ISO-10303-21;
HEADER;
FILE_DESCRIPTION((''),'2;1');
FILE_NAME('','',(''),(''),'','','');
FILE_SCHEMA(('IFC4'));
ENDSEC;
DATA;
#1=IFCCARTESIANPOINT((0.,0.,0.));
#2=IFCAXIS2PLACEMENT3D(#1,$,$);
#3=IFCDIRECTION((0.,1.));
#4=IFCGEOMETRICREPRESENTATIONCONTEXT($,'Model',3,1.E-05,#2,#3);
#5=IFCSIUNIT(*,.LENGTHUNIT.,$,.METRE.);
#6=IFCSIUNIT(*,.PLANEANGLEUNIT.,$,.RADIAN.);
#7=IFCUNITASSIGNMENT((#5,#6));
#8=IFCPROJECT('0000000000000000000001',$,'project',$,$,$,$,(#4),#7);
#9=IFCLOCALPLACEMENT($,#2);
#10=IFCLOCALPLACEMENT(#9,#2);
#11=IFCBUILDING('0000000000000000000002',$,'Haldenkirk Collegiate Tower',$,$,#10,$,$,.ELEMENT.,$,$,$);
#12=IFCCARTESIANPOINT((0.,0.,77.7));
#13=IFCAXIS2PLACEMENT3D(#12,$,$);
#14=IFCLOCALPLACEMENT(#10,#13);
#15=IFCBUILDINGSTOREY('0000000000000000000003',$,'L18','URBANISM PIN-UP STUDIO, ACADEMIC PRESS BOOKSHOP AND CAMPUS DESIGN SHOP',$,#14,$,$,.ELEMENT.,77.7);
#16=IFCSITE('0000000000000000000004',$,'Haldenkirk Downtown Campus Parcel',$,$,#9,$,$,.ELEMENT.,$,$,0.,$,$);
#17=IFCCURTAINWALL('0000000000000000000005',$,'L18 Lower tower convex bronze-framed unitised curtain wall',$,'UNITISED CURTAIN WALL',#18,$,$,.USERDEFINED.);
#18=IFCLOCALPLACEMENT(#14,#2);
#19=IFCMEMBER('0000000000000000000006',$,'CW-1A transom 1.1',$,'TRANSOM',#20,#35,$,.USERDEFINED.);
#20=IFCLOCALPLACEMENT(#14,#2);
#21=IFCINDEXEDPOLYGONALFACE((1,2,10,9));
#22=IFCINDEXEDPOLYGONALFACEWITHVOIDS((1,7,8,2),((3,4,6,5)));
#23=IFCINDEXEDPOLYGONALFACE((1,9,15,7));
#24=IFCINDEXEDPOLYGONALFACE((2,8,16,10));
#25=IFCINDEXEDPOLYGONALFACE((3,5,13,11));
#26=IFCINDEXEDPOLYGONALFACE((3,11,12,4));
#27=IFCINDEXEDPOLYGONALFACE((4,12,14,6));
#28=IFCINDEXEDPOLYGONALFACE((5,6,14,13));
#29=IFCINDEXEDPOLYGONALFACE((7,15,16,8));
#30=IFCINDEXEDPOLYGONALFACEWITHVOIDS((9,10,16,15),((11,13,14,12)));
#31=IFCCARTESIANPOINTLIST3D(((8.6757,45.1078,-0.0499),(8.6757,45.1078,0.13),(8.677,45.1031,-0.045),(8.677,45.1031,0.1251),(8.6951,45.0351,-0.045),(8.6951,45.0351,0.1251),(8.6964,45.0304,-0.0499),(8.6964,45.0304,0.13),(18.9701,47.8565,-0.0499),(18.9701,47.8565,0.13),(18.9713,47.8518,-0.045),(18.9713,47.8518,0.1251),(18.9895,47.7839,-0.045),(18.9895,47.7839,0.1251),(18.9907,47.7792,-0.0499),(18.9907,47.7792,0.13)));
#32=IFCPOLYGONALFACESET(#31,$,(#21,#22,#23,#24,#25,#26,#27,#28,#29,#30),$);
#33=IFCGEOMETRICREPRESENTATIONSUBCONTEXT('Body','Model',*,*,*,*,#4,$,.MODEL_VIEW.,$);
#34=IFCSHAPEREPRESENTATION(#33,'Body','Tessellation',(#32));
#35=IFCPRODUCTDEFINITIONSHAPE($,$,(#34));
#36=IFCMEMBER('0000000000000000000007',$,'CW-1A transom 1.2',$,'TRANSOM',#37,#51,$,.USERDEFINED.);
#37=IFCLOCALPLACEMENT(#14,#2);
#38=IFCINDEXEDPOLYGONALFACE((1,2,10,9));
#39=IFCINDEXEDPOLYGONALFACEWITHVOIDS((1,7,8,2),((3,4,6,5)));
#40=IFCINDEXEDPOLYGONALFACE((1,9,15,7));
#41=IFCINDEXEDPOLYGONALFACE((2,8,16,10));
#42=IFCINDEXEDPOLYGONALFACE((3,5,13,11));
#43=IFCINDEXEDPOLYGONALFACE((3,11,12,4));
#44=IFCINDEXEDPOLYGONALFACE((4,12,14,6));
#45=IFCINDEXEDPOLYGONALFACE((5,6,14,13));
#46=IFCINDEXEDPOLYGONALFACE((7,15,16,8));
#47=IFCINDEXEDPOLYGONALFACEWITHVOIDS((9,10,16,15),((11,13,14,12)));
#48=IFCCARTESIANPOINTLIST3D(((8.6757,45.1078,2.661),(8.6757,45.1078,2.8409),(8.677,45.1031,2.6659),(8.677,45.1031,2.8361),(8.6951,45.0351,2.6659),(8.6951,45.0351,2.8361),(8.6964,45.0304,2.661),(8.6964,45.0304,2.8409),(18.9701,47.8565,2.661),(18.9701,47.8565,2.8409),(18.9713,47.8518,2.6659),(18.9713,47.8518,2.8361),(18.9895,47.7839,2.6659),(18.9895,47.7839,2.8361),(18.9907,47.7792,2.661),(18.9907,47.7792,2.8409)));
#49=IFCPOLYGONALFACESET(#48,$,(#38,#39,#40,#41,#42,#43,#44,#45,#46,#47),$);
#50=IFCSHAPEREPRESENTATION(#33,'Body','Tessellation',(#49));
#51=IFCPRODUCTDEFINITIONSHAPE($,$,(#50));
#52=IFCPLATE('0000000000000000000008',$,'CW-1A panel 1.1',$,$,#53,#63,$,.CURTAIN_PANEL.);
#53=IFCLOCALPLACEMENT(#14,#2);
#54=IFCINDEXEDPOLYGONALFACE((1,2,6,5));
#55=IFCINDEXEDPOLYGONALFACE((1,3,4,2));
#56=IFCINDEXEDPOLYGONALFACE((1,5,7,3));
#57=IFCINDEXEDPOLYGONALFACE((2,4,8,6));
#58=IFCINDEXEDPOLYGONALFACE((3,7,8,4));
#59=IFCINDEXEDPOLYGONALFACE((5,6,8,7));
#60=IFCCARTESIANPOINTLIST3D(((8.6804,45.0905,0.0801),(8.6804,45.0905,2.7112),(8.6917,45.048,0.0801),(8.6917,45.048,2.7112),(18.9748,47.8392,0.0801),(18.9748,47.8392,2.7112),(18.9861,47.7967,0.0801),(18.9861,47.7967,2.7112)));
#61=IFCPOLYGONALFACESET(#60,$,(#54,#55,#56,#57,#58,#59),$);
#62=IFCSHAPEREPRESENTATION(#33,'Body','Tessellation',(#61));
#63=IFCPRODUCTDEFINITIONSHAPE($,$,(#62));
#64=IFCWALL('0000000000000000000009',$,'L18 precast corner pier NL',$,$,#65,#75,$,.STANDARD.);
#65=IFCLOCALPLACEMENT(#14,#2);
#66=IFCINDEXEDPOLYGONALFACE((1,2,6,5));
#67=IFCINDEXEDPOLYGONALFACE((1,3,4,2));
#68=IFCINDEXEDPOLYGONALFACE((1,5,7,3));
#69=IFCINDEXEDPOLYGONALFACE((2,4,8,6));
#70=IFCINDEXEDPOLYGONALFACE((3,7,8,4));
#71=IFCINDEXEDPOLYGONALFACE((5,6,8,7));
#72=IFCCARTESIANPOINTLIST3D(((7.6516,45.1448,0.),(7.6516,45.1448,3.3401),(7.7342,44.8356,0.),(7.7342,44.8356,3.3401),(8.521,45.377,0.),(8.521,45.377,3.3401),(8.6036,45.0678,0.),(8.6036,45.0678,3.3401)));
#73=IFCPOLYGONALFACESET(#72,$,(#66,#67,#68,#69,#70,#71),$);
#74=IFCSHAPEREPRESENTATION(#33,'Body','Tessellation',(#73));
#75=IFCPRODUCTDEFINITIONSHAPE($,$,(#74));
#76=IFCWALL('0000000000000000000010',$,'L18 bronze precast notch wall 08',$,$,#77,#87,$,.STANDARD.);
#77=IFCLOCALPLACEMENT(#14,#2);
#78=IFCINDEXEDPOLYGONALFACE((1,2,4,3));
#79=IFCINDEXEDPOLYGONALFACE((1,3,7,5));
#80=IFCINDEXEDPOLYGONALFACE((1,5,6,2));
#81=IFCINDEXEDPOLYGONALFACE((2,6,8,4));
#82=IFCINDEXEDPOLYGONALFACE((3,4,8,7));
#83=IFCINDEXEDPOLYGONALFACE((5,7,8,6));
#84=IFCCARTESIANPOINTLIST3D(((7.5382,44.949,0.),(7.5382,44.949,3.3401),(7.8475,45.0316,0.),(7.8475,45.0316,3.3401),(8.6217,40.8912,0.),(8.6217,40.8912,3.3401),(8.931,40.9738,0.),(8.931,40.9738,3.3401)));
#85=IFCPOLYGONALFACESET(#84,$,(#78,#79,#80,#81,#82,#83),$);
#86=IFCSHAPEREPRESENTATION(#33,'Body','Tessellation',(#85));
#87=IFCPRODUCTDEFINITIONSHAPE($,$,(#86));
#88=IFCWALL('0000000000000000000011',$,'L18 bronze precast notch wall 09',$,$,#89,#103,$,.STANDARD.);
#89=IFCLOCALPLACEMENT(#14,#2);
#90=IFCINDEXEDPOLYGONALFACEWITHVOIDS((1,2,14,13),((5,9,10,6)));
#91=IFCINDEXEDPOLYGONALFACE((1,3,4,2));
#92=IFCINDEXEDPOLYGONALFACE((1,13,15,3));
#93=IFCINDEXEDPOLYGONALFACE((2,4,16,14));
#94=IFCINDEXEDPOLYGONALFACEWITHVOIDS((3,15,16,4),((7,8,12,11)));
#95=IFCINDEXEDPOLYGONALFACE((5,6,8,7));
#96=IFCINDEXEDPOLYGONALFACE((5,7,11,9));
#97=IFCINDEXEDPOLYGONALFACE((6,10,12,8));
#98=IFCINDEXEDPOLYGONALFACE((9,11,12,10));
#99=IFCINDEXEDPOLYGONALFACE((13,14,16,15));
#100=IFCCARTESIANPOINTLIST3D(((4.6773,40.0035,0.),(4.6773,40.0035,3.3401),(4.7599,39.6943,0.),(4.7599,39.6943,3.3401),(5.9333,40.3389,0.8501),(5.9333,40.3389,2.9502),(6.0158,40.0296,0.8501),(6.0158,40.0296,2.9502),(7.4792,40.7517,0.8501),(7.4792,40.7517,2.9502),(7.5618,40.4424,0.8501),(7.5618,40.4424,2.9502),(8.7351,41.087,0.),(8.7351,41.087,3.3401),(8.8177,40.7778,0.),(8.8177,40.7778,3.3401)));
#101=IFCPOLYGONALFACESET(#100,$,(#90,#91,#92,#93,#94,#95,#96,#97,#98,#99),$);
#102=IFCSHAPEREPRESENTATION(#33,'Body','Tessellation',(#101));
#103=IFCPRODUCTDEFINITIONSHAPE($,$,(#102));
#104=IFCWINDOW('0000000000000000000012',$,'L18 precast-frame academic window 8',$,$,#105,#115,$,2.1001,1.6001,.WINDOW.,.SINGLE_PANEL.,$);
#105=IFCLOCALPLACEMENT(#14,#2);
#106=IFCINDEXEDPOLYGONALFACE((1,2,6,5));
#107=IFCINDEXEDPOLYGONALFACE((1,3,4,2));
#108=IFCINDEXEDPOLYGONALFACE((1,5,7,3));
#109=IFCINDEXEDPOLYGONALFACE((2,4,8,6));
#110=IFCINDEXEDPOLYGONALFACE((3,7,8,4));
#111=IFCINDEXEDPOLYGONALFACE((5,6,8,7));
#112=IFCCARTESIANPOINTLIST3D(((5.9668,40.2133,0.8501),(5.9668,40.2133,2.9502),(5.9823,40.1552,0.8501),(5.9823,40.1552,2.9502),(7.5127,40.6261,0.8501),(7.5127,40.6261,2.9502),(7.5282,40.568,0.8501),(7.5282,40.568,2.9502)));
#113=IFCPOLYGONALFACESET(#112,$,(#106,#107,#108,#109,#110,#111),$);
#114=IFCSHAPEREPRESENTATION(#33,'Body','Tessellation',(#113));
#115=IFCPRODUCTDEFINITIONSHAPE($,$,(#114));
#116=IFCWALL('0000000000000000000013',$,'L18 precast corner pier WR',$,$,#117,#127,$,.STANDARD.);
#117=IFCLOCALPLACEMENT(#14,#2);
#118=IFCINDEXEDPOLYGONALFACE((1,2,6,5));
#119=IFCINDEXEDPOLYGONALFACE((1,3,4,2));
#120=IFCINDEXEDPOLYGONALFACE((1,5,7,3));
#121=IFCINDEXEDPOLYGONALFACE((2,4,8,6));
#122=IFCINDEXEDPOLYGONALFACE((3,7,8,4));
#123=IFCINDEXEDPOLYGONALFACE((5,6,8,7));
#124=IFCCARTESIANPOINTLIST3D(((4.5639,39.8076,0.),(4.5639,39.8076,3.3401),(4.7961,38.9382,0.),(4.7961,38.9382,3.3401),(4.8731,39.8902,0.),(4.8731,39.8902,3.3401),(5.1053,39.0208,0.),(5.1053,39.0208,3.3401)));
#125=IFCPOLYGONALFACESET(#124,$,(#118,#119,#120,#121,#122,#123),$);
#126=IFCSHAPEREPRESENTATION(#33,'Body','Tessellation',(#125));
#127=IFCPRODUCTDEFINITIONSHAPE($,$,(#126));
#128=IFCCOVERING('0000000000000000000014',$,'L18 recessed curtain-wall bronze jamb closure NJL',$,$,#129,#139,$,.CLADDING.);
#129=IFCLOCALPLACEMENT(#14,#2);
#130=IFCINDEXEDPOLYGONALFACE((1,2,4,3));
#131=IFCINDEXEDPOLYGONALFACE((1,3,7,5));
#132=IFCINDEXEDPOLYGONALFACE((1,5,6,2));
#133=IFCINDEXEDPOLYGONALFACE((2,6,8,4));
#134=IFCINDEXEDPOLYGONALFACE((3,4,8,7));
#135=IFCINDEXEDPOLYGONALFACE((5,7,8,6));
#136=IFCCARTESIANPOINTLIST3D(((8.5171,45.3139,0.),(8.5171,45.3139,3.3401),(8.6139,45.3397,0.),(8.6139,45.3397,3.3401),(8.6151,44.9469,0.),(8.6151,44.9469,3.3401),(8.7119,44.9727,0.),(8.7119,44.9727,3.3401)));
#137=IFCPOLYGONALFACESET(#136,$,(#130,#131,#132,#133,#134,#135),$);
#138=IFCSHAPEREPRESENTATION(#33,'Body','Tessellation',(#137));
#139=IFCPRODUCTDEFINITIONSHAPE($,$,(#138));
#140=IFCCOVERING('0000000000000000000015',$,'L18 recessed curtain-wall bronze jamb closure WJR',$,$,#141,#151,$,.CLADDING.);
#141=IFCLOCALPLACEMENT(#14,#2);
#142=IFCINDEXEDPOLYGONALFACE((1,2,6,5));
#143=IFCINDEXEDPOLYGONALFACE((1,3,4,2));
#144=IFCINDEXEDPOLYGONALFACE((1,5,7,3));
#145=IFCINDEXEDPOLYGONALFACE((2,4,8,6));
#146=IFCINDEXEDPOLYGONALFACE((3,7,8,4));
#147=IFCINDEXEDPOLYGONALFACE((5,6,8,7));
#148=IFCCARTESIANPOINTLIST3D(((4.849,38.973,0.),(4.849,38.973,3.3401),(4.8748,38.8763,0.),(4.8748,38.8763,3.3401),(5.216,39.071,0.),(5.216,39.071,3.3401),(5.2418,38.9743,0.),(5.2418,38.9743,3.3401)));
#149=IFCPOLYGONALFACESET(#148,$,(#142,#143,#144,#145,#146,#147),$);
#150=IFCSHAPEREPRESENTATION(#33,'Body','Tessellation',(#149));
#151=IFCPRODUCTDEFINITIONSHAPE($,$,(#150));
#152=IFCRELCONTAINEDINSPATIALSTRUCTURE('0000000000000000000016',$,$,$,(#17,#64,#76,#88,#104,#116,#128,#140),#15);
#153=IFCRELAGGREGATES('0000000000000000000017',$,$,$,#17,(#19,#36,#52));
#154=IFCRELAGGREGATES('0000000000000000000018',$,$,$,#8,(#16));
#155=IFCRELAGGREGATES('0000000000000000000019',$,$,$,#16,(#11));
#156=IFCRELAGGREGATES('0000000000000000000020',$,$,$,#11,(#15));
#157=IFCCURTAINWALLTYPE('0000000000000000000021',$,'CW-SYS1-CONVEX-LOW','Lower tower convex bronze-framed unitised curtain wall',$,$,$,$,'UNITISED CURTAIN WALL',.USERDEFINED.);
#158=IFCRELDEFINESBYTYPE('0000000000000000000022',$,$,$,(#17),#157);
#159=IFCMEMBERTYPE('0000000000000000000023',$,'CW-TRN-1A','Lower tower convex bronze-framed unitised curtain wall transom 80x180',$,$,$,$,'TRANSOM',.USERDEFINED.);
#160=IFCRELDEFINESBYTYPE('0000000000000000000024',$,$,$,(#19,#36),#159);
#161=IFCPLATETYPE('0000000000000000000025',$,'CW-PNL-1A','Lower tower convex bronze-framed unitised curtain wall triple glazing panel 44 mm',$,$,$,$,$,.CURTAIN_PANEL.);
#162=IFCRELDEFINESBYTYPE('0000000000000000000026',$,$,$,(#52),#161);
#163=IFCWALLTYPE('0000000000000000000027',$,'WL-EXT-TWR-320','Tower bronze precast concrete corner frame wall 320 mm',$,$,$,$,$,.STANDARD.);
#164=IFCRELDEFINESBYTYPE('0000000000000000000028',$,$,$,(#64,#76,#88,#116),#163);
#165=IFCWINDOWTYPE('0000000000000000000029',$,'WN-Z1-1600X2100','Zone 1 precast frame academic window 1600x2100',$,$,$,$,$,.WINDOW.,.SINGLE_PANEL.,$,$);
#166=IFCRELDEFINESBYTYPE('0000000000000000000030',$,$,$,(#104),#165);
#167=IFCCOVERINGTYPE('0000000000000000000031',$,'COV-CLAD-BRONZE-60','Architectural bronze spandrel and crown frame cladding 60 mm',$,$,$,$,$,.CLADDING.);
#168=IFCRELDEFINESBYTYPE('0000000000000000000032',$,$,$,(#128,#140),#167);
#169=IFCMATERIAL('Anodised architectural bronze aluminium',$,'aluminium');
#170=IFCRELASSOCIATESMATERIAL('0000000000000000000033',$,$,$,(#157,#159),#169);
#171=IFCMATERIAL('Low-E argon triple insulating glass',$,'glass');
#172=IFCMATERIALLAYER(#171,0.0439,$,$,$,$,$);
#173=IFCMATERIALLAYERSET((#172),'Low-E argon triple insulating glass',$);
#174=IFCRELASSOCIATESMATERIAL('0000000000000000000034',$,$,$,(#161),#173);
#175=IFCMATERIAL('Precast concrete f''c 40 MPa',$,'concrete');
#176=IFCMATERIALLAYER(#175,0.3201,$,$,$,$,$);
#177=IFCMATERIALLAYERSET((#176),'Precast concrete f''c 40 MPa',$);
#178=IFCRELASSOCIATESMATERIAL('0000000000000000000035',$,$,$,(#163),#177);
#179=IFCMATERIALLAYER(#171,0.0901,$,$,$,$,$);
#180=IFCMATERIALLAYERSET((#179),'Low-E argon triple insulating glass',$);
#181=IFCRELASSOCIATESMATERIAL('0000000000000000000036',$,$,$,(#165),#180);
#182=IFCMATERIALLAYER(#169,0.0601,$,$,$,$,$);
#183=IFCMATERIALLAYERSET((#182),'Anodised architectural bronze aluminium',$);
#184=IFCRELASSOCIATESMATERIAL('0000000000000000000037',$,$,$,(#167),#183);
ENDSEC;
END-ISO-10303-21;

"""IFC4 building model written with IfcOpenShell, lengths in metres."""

from ifc_helpers import new_model, si_unit, direction, frame, frame_2d, origin, origin_2d, place, context, subcontext, project, spatial, rectangle, hollow_rectangle, extrude, source, transform, mapped, material, layer, layer_set, material_profile, profile_set, type_object, element, fill, aggregate, save


model = new_model("IFC4")

# Units and contexts
model_context = context("Model", 3, precision=1e-05, world=origin(), true_north=direction((0.0, 1.0)))
body_context = subcontext(model_context, "Body", "Model", "MODEL_VIEW")
ifc_project = project(units=[si_unit("LENGTHUNIT", "METRE"), si_unit("PLANEANGLEUNIT", "RADIAN")], contexts=[model_context])

# Site, building, storey
site_placement = place(None, origin())
site = spatial("IfcSite", under=ifc_project, at=site_placement, Name="Haldenkirk Downtown Campus Parcel", CompositionType="ELEMENT", RefElevation=0.0)
building_placement = place(site_placement, origin())
building = spatial("IfcBuilding", under=site, at=building_placement, Name="Haldenkirk Collegiate Tower", CompositionType="ELEMENT")
storey_placement = place(building_placement, frame((0.0, 0.0, 77.7)))
storey = spatial("IfcBuildingStorey", under=building, at=storey_placement, Name="L18", Description="URBANISM PIN-UP STUDIO, ACADEMIC PRESS BOOKSHOP AND CAMPUS DESIGN SHOP", CompositionType="ELEMENT", Elevation=77.7)

# Curtain wall
ifc_material_1 = material(Name="Anodised architectural bronze aluminium", Category="aluminium")
curtain_wall_type = type_object("IfcCurtainWallType", Name="CW-SYS1-CONVEX-LOW", Description="Lower tower convex bronze-framed unitised curtain wall", ElementType="UNITISED CURTAIN WALL", PredefinedType="USERDEFINED", material=ifc_material_1)
curtain_wall_1_placement = place(storey_placement, origin())
curtain_wall_1 = element("IfcCurtainWall", 1, at=curtain_wall_1_placement, inside=storey, type_object=curtain_wall_type, Name="L18 Lower tower convex bronze-framed unitised curtain wall", ObjectType="UNITISED CURTAIN WALL", PredefinedType="USERDEFINED")

# Members
ifc_material_profile_1 = material_profile(ifc_material_1, hollow_rectangle(XDim=0.0801, YDim=0.1799, WallThickness=0.0049, at=origin_2d()), Name="CW-TRN-1A")
ifc_profile_set_1 = profile_set([ifc_material_profile_1], Name="Anodised architectural bronze aluminium")
member_type_1 = type_object("IfcMemberType", Name="CW-TRN-1A", Description="Lower tower convex bronze-framed unitised curtain wall transom 80x180", ElementType="TRANSOM", PredefinedType="USERDEFINED", material=ifc_profile_set_1)
member_1_placement = place(storey_placement, frame((8.686, 45.0691, 0.04), z_axis=(0.966151, 0.257978, 0.0), x_axis=(-0.257978, 0.966151, 0.0)))
member_1 = element("IfcMember", 2, at=member_1_placement, type_object=member_type_1, Name="CW-1A transom 1.1", ObjectType="TRANSOM", PredefinedType="USERDEFINED", context=body_context, shape_type="SweptSolid", body=[
    extrude(hollow_rectangle(XDim=0.0801, YDim=0.1799, WallThickness=0.0049, at=origin_2d()), origin(), (0.0, 0.0, 1.0), 10.655),
])
member_2_placement = place(storey_placement, frame((8.686, 45.0691, 2.751), z_axis=(0.966151, 0.257978, 0.0), x_axis=(-0.257978, 0.966151, 0.0)))
member_2 = element("IfcMember", 3, at=member_2_placement, type_object=member_type_1, Name="CW-1A transom 1.2", ObjectType="TRANSOM", PredefinedType="USERDEFINED", context=body_context, shape_type="SweptSolid", body=[
    extrude(hollow_rectangle(XDim=0.0801, YDim=0.1799, WallThickness=0.0049, at=origin_2d()), origin(), (0.0, 0.0, 1.0), 10.655),
])

# Plate
ifc_material_2 = material(Name="Low-E argon triple insulating glass", Category="glass")
ifc_layer_1 = layer(ifc_material_2, 0.0439)
ifc_layer_set_1 = layer_set([ifc_layer_1], Name="Low-E argon triple insulating glass")
plate_type = type_object("IfcPlateType", Name="CW-PNL-1A", Description="Lower tower convex bronze-framed unitised curtain wall triple glazing panel 44 mm", PredefinedType="CURTAIN_PANEL", material=ifc_layer_set_1)
shared_shape_1 = source(origin(), body_context, "Body", "SweptSolid", [
    extrude(rectangle(XDim=10.655, YDim=0.0439, at=origin_2d()), origin(), (0.0, 0.0, 1.0), 2.6311),
])
plate_placement = place(storey_placement, frame((13.8333, 46.4436, 0.0801), z_axis=(0.0, 0.0, 1.0), x_axis=(0.966152, 0.257974, 0.0)))
plate = element("IfcPlate", 4, at=plate_placement, type_object=plate_type, Name="CW-1A panel 1.1", PredefinedType="CURTAIN_PANEL", context=body_context, shape_type="MappedRepresentation", body=[
    mapped(shared_shape_1, transform((0.0, 0.0, 0.0), x_axis=(1.0, 0.0, 0.0), y_axis=(0.0, 1.0, 0.0), z_axis=(0.0, 0.0, 1.0), scale=1.0)),
])
aggregate(curtain_wall_1, [member_1, member_2, plate])

# Walls
ifc_material_3 = material(Name="Precast concrete f'c 40 MPa", Category="concrete")
ifc_layer_2 = layer(ifc_material_3, 0.3201)
ifc_layer_set_2 = layer_set([ifc_layer_2], Name="Precast concrete f'c 40 MPa")
wall_type = type_object("IfcWallType", Name="WL-EXT-TWR-320", Description="Tower bronze precast concrete corner frame wall 320 mm", PredefinedType="STANDARD", material=ifc_layer_set_2)
wall_1_placement = place(storey_placement, frame((7.6929, 44.9902, 0.0), z_axis=(0.0, 0.0, 1.0), x_axis=(0.96614, 0.258017, 0.0)))
element("IfcWall", 5, at=wall_1_placement, inside=storey, type_object=wall_type, Name="L18 precast corner pier NL", PredefinedType="STANDARD", context=body_context, shape_type="SweptSolid", body=[
    extrude(rectangle(XDim=0.8999, YDim=0.3201, at=frame_2d((0.45, 0.0))), origin(), (0.0, 0.0, 1.0), 3.3401),
])
wall_2_placement = place(storey_placement, frame((8.7764, 40.9324, 0.0), z_axis=(0.0, 0.0, 1.0), x_axis=(-0.257974, 0.966152, 0.0)))
element("IfcWall", 6, at=wall_2_placement, inside=storey, type_object=wall_type, Name="L18 bronze precast notch wall 08", PredefinedType="STANDARD", context=body_context, shape_type="SweptSolid", body=[
    extrude(rectangle(XDim=4.2, YDim=0.3201, at=frame_2d((2.1001, 0.0))), origin(), (0.0, 0.0, 1.0), 3.3401),
])

# Wall, opening, window
wall_3_placement = place(storey_placement, frame((4.7185, 39.8489, 0.0), z_axis=(0.0, 0.0, 1.0), x_axis=(0.966152, 0.257974, 0.0)))
wall_3 = element("IfcWall", 7, at=wall_3_placement, inside=storey, type_object=wall_type, Name="L18 bronze precast notch wall 09", PredefinedType="STANDARD", context=body_context, shape_type="SweptSolid", body=[
    extrude(rectangle(XDim=4.2, YDim=0.3201, at=frame_2d((2.1001, 0.0))), origin(), (0.0, 0.0, 1.0), 3.3401),
])
opening_placement = place(wall_3_placement, frame((1.3, 0.0, 0.8501)))
opening = element("IfcOpeningElement", 8, at=opening_placement, cuts=wall_3, PredefinedType="OPENING", context=body_context, shape_type="SweptSolid", body=[
    extrude(rectangle(XDim=1.6001, YDim=2.1001, at=frame_2d((0.8, 1.05))), frame((0.0, 0.1699, 0.0), z_axis=(0.0, -1.0, 0.0), x_axis=(1.0, 0.0, 0.0)), (0.0, 0.0, 1.0), 0.3401),
])
ifc_layer_3 = layer(ifc_material_2, 0.0901)
ifc_layer_set_3 = layer_set([ifc_layer_3], Name="Low-E argon triple insulating glass")
window_type = type_object("IfcWindowType", Name="WN-Z1-1600X2100", Description="Zone 1 precast frame academic window 1600x2100", PartitioningType="SINGLE_PANEL", PredefinedType="WINDOW", material=ifc_layer_set_3)
window_placement = place(opening_placement, origin())
window = element("IfcWindow", 9, at=window_placement, inside=storey, type_object=window_type, Name="L18 precast-frame academic window 8", OverallHeight=2.1001, OverallWidth=1.6001, PartitioningType="SINGLE_PANEL", PredefinedType="WINDOW", context=body_context, shape_type="SweptSolid", body=[
    extrude(rectangle(XDim=1.6001, YDim=2.1001, at=frame_2d((0.8, 1.05))), frame((0.0, 0.03, 0.0), z_axis=(0.0, -1.0, 0.0), x_axis=(1.0, 0.0, 0.0)), (0.0, 0.0, 1.0), 0.0601),
])
fill(opening, window)

# Wall
wall_4_placement = place(storey_placement, frame((4.9507, 38.9795, 0.0), z_axis=(0.0, 0.0, 1.0), x_axis=(-0.258017, 0.96614, 0.0)))
element("IfcWall", 10, at=wall_4_placement, inside=storey, type_object=wall_type, Name="L18 precast corner pier WR", PredefinedType="STANDARD", context=body_context, shape_type="SweptSolid", body=[
    extrude(rectangle(XDim=0.8999, YDim=0.3201, at=frame_2d((0.45, 0.0))), origin(), (0.0, 0.0, 1.0), 3.3401),
])

# Coverings
ifc_layer_4 = layer(ifc_material_1, 0.0601)
ifc_layer_set_4 = layer_set([ifc_layer_4], Name="Anodised architectural bronze aluminium")
covering_type = type_object("IfcCoveringType", Name="COV-CLAD-BRONZE-60", Description="Architectural bronze spandrel and crown frame cladding 60 mm", PredefinedType="CLADDING", material=ifc_layer_set_4)
shared_shape_2 = source(origin(), body_context, "Body", "SweptSolid", [
    extrude(rectangle(XDim=0.1001, YDim=0.3799, at=origin_2d()), origin(), (0.0, 0.0, 1.0), 3.3401),
])
for number, where, z_axis, x_axis, name in (
    (11, (8.6145, 45.1433, 0.0), (0.0, 0.0, 1.0), (0.966151, 0.257976, 0.0), "L18 recessed curtain-wall bronze jamb closure NJL"),
    (12, (5.0454, 38.9736, 0.0), (0.0, 0.0, 1.0), (-0.257976, 0.966151, 0.0), "L18 recessed curtain-wall bronze jamb closure WJR"),
):
    element("IfcCovering", number, at=place(storey_placement, frame(where, z_axis=z_axis, x_axis=x_axis)), inside=storey, type_object=covering_type, Name=name, PredefinedType="CLADDING", context=body_context, shape_type="MappedRepresentation", body=[
        mapped(shared_shape_2, transform((0.0, 0.0, 0.0), x_axis=(1.0, 0.0, 0.0), y_axis=(0.0, 1.0, 0.0), z_axis=(0.0, 0.0, 1.0), scale=1.0)),
    ])

save(model, "model.ifc")
